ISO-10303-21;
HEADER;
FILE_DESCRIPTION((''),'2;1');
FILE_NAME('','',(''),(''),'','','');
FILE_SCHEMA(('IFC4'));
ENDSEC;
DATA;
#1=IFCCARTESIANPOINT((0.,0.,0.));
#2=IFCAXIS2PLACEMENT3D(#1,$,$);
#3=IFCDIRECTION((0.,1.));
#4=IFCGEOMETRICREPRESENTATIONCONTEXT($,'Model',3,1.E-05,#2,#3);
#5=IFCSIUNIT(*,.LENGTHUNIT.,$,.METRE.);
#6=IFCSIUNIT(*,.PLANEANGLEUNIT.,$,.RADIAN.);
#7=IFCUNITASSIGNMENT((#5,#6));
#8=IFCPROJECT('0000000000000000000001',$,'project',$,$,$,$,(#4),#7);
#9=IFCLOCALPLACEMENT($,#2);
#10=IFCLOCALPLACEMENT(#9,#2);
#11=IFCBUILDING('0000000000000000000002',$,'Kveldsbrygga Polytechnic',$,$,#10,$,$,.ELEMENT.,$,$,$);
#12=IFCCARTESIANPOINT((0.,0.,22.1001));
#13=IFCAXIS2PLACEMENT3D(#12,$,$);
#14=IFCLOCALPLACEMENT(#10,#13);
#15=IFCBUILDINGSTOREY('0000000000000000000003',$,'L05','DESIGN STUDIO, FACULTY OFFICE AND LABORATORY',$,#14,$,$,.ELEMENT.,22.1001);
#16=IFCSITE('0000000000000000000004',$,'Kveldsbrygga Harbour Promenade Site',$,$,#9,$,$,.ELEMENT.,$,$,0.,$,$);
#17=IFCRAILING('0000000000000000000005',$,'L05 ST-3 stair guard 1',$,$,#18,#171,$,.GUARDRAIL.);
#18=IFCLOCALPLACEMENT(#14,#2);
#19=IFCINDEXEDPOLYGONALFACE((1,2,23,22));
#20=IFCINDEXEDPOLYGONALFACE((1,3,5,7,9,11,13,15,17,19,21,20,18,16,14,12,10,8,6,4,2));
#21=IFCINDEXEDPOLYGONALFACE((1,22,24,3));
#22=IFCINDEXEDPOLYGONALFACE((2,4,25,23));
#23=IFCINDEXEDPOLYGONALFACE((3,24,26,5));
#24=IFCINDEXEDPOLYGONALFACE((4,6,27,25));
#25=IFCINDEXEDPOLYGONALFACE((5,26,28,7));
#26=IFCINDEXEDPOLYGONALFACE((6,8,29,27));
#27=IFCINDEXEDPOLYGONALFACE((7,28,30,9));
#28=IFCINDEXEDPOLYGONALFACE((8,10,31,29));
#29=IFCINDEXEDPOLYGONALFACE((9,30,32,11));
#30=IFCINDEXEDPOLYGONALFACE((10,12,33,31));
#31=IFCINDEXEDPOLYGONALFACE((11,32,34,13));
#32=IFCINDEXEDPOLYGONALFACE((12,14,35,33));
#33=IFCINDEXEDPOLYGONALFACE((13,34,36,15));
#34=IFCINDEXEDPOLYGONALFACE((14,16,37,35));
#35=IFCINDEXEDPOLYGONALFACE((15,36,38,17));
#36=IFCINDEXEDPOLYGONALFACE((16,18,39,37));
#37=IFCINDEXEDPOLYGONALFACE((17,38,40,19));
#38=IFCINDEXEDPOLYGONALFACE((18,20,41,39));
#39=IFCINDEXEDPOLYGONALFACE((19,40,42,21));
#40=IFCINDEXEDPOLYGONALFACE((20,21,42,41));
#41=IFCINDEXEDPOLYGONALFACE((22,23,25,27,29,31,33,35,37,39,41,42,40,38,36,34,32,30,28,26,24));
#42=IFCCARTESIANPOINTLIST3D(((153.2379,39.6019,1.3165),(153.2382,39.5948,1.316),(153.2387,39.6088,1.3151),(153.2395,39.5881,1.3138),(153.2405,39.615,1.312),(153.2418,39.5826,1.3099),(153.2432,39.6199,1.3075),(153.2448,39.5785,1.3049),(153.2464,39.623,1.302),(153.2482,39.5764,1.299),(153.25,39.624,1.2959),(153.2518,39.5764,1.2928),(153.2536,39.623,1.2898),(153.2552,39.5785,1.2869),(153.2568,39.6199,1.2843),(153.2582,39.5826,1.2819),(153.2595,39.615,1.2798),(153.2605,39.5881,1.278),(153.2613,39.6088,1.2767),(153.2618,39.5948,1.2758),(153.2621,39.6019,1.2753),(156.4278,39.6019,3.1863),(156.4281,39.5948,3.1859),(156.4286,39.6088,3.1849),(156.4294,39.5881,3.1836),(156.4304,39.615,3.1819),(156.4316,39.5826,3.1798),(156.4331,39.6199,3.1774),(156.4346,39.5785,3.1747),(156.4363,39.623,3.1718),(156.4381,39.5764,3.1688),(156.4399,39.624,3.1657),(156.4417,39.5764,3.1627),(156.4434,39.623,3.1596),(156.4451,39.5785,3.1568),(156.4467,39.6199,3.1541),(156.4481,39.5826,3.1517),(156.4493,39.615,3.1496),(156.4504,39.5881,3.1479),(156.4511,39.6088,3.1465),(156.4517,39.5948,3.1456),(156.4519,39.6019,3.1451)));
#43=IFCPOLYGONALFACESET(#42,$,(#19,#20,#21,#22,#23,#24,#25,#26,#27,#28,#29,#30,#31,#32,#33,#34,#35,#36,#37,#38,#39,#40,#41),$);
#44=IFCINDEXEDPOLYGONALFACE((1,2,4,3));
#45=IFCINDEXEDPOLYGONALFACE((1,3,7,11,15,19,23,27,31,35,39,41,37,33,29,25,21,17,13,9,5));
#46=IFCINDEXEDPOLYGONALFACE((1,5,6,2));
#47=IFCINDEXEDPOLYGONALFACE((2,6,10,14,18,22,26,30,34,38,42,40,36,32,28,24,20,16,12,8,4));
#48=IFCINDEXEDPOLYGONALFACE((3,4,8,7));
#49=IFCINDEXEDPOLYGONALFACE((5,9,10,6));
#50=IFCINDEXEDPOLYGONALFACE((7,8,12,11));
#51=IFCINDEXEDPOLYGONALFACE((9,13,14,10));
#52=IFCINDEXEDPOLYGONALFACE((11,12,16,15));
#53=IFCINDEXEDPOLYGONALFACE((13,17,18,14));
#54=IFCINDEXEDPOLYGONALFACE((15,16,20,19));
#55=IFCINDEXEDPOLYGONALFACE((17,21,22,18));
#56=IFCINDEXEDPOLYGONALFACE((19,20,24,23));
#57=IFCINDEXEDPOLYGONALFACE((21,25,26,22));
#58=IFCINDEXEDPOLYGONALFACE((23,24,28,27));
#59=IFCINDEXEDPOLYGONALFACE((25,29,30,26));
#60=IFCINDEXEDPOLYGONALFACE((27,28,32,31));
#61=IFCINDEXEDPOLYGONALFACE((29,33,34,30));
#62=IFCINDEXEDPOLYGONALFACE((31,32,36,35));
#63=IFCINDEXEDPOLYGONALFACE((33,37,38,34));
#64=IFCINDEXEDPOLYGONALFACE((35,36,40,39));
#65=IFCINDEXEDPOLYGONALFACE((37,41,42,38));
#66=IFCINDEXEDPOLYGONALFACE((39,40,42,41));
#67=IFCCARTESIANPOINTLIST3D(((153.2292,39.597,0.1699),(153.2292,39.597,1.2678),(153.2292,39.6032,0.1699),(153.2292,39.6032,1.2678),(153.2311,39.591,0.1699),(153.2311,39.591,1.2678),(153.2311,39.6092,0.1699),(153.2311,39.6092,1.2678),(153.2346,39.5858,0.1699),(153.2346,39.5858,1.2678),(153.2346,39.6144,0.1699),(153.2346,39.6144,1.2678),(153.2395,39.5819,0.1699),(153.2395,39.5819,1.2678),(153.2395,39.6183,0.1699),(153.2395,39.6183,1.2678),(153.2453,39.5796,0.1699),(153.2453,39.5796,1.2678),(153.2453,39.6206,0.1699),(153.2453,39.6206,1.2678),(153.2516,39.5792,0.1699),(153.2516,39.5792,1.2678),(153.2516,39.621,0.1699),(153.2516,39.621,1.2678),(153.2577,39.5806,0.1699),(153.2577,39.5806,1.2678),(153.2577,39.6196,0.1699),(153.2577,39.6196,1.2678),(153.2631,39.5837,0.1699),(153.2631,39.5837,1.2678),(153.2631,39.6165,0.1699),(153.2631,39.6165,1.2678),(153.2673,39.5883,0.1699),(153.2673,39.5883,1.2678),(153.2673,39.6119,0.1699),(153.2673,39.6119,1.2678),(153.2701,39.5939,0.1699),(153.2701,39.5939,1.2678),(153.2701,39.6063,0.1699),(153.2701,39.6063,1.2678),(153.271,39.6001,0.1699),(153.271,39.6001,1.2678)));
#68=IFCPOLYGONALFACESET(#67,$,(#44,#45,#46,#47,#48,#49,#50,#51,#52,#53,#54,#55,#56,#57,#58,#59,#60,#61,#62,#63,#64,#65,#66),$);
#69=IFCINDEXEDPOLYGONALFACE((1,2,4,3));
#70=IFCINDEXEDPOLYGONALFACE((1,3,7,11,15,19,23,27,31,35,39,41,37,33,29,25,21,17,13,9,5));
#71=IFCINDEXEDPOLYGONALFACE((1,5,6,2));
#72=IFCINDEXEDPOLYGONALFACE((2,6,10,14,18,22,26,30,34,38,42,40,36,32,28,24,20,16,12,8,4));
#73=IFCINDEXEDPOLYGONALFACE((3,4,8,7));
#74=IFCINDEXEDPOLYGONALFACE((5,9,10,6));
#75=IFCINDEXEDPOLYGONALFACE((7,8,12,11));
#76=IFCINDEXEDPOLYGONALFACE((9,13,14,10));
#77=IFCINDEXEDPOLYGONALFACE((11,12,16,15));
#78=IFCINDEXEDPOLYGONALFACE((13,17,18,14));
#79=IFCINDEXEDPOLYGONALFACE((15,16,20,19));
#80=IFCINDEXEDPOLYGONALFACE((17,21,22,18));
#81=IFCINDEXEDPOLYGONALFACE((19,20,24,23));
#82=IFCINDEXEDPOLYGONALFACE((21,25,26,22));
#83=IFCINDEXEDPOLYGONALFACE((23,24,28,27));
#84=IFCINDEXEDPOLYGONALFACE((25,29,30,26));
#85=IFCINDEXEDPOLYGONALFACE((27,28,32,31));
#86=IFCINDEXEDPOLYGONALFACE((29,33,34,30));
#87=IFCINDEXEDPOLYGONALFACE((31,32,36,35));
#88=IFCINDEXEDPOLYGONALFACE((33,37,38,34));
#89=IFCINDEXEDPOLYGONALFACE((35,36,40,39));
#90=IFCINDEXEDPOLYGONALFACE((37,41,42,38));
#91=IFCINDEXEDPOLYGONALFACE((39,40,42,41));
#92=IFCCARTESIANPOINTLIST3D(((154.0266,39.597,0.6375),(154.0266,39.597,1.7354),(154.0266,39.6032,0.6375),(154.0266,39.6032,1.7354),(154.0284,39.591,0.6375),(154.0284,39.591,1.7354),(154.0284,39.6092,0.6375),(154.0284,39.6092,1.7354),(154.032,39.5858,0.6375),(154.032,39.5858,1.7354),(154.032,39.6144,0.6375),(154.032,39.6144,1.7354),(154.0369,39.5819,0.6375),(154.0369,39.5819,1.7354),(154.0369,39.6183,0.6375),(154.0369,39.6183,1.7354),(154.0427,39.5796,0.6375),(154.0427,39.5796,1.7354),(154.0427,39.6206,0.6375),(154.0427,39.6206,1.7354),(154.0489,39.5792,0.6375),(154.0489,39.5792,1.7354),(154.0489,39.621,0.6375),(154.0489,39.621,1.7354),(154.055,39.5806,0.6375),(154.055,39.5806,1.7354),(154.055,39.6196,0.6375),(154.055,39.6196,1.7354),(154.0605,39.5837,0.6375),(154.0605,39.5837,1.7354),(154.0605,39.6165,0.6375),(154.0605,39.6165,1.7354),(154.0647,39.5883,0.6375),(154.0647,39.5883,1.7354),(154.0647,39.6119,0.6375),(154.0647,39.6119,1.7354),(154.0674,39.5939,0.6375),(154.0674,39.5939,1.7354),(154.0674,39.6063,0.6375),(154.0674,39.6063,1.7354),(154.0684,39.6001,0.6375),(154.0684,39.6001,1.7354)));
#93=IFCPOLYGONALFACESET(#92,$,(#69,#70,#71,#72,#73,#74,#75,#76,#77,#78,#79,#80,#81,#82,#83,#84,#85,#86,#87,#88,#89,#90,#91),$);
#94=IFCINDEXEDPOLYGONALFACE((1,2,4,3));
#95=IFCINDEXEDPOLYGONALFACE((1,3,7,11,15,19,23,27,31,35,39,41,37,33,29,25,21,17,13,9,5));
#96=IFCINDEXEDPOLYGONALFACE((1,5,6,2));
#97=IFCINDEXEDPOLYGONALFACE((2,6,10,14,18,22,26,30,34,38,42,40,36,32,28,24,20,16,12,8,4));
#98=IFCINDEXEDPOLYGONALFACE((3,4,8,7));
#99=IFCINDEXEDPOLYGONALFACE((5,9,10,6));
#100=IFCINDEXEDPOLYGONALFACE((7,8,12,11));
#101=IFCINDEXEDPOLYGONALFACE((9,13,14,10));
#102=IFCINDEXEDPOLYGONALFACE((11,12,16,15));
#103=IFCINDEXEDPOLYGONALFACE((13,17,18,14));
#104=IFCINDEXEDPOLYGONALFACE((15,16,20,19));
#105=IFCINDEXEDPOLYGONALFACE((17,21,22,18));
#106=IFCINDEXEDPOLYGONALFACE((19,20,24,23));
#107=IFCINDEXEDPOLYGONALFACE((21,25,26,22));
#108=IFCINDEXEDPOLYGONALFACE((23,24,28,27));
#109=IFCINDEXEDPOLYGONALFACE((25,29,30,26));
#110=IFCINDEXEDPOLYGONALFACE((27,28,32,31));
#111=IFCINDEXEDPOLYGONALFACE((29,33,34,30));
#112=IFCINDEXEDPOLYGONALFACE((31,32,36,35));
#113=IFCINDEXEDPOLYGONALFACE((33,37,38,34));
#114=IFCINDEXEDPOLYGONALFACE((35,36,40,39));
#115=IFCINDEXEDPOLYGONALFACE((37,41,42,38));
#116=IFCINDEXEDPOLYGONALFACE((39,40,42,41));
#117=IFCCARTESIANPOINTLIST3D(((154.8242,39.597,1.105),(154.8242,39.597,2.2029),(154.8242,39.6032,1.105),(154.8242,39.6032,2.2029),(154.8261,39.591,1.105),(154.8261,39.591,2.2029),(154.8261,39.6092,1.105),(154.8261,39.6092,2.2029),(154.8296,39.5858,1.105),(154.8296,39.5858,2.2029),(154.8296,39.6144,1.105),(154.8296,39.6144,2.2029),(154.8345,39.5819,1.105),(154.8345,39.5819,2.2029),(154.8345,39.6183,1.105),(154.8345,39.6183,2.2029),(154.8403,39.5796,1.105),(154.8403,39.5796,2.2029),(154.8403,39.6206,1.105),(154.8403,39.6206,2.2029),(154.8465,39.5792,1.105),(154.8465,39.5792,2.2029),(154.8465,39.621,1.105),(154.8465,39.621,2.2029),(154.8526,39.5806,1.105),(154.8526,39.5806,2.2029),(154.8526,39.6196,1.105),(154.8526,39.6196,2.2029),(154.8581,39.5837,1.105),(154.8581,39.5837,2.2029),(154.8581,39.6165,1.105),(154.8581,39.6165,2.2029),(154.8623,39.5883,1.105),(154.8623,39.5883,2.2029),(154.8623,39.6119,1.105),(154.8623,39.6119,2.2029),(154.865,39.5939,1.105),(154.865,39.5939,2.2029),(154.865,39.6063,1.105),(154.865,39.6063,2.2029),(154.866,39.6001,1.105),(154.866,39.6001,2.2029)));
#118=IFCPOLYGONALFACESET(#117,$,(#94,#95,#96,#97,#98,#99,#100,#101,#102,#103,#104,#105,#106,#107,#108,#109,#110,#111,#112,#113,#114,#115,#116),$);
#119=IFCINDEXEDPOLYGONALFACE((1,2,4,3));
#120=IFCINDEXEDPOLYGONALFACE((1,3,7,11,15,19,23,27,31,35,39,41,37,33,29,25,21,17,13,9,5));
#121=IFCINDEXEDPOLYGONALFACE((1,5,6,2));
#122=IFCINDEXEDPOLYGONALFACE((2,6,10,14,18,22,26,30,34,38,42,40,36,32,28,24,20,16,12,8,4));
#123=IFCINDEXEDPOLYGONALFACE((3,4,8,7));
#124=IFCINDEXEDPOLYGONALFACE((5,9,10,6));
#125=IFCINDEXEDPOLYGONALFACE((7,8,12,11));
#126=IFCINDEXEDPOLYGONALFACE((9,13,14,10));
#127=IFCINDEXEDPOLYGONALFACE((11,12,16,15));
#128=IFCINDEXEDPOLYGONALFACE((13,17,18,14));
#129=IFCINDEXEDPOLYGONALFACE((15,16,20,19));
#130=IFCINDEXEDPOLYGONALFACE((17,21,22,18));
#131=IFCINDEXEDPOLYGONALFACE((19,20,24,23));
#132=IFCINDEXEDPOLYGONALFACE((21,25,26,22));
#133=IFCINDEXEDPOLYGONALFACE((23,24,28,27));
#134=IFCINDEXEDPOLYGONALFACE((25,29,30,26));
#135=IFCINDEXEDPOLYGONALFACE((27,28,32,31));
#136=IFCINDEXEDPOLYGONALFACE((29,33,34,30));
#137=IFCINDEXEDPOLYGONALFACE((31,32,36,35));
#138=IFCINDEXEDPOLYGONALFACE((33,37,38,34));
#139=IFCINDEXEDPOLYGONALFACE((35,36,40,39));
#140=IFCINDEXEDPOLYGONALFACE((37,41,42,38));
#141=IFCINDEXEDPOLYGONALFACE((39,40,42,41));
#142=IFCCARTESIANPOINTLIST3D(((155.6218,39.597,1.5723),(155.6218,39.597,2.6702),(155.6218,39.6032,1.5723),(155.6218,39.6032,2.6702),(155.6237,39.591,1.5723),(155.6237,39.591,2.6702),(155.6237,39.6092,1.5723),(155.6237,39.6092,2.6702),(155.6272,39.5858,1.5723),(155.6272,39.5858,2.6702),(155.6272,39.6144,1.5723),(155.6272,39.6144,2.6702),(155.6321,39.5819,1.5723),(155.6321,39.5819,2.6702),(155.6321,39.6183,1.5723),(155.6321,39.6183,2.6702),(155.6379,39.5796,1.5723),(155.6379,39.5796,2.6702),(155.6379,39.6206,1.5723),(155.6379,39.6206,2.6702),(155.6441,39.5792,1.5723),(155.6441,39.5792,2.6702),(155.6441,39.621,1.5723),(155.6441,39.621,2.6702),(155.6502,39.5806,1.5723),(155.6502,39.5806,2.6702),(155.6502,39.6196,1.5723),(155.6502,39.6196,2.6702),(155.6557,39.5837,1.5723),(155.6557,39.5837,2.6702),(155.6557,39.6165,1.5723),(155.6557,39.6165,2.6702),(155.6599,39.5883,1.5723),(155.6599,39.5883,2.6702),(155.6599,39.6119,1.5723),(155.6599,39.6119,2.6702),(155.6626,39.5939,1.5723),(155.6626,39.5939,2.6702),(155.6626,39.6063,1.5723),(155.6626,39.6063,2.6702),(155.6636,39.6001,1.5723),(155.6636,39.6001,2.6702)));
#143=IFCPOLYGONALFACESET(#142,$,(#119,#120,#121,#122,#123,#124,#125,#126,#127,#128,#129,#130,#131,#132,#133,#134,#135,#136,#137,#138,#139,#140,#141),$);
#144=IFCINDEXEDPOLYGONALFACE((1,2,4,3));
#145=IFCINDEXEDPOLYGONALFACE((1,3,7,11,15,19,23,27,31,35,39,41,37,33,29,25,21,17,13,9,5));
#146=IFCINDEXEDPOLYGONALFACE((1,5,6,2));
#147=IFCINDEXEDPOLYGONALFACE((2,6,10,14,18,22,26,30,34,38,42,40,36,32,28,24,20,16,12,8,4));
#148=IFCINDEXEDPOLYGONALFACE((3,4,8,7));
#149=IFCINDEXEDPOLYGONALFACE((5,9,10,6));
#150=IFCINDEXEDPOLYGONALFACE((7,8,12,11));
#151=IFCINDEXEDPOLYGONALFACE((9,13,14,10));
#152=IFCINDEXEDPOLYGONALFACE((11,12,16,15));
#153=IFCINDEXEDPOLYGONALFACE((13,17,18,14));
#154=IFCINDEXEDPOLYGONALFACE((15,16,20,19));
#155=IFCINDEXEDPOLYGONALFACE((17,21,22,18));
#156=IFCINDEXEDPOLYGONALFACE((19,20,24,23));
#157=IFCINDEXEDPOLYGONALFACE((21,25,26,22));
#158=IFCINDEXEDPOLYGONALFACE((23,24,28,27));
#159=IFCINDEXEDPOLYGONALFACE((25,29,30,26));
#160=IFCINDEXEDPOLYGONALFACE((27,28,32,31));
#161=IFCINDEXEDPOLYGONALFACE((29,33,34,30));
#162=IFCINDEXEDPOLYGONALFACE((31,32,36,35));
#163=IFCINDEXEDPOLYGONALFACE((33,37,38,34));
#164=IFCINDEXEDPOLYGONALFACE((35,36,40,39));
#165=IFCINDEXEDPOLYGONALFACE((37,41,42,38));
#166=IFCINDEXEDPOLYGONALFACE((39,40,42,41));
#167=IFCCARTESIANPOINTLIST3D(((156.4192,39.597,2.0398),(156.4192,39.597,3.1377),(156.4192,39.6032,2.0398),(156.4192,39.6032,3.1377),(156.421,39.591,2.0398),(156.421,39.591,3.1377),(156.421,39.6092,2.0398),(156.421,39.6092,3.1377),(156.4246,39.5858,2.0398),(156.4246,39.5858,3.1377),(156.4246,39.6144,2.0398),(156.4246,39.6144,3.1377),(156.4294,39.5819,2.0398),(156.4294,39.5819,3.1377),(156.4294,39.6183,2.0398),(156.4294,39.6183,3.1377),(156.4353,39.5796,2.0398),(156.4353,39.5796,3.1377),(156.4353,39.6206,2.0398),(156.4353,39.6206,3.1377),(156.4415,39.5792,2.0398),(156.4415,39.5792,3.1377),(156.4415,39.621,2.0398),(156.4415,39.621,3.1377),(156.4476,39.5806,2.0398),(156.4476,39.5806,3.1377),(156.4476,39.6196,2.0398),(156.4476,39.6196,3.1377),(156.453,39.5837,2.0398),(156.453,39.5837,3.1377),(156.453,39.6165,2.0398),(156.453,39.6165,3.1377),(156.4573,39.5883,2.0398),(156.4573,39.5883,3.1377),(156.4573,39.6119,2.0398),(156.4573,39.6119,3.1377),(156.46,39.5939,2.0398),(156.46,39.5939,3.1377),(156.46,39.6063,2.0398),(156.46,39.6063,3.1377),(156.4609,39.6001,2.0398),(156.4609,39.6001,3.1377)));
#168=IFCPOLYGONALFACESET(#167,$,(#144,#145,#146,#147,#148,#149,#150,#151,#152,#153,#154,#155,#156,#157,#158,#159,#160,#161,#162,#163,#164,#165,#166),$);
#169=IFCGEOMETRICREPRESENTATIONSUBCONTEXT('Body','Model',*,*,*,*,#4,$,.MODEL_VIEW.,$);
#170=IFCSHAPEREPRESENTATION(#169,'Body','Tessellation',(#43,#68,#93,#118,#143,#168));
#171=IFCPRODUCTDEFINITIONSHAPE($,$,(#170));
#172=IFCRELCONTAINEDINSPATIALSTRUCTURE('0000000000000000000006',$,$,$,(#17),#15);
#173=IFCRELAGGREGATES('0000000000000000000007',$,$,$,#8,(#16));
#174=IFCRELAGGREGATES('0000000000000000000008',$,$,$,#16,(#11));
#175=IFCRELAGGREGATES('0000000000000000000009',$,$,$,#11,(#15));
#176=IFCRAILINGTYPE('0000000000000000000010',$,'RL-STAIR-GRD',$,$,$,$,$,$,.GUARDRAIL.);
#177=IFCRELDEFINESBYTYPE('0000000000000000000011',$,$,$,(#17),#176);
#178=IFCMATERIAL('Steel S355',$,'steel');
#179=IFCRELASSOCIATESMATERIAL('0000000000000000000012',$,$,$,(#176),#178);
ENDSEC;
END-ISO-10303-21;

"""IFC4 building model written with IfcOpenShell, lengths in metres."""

from ifc_helpers import new_model, si_unit, direction, frame, origin, origin_2d, place, context, subcontext, project, spatial, circle, extrude, material, type_object, element, save


model = new_model("IFC4")

# Units and contexts
model_context = context("Model", 3, precision=1e-05, world=origin(), true_north=direction((0.0, 1.0)))
body_context = subcontext(model_context, "Body", "Model", "MODEL_VIEW")
ifc_project = project(units=[si_unit("LENGTHUNIT", "METRE"), si_unit("PLANEANGLEUNIT", "RADIAN")], contexts=[model_context])

# Site, building, storey
site_placement = place(None, origin())
site = spatial("IfcSite", under=ifc_project, at=site_placement, Name="Kveldsbrygga Harbour Promenade Site", CompositionType="ELEMENT", RefElevation=0.0)
building_placement = place(site_placement, origin())
building = spatial("IfcBuilding", under=site, at=building_placement, Name="Kveldsbrygga Polytechnic", CompositionType="ELEMENT")
storey_placement = place(building_placement, frame((0.0, 0.0, 22.1001)))
storey = spatial("IfcBuildingStorey", under=building, at=storey_placement, Name="L05", Description="DESIGN STUDIO, FACULTY OFFICE AND LABORATORY", CompositionType="ELEMENT", Elevation=22.1001)

# Shared definitions
ifc_material_1 = material(Name="Steel S355", Category="steel")

# Railing
railing_type_1 = type_object("IfcRailingType", Name="RL-STAIR-GRD", PredefinedType="GUARDRAIL", material=ifc_material_1)
railing_1_placement = place(storey_placement, frame((153.25, 39.6001, 0.1699)))
element("IfcRailing", 1, at=railing_1_placement, inside=storey, type_object=railing_type_1, Name="L05 ST-3 stair guard 1", PredefinedType="GUARDRAIL", context=body_context, shape_type="SweptSolid", body=[
    extrude(circle(Radius=0.0239, at=origin_2d()), frame((0.0, 0.0, 1.126), z_axis=(0.862709, 0.0, 0.505701), x_axis=(0.0, 1.0, 0.0)), (0.0, 0.0, 1.0), 3.6975),
    extrude(circle(Radius=0.021, at=origin_2d()), origin(), (0.0, 0.0, 1.0), 1.0979),
    extrude(circle(Radius=0.021, at=origin_2d()), frame((0.7974, 0.0, 0.4675)), (0.0, 0.0, 1.0), 1.0979),
    extrude(circle(Radius=0.021, at=origin_2d()), frame((1.595, 0.0, 0.9351)), (0.0, 0.0, 1.0), 1.0979),
    extrude(circle(Radius=0.021, at=origin_2d()), frame((2.3926, 0.0, 1.4023)), (0.0, 0.0, 1.0), 1.0979),
    extrude(circle(Radius=0.021, at=origin_2d()), frame((3.1899, 0.0, 1.8699)), (0.0, 0.0, 1.0), 1.0979),
])

save(model, "model.ifc")
